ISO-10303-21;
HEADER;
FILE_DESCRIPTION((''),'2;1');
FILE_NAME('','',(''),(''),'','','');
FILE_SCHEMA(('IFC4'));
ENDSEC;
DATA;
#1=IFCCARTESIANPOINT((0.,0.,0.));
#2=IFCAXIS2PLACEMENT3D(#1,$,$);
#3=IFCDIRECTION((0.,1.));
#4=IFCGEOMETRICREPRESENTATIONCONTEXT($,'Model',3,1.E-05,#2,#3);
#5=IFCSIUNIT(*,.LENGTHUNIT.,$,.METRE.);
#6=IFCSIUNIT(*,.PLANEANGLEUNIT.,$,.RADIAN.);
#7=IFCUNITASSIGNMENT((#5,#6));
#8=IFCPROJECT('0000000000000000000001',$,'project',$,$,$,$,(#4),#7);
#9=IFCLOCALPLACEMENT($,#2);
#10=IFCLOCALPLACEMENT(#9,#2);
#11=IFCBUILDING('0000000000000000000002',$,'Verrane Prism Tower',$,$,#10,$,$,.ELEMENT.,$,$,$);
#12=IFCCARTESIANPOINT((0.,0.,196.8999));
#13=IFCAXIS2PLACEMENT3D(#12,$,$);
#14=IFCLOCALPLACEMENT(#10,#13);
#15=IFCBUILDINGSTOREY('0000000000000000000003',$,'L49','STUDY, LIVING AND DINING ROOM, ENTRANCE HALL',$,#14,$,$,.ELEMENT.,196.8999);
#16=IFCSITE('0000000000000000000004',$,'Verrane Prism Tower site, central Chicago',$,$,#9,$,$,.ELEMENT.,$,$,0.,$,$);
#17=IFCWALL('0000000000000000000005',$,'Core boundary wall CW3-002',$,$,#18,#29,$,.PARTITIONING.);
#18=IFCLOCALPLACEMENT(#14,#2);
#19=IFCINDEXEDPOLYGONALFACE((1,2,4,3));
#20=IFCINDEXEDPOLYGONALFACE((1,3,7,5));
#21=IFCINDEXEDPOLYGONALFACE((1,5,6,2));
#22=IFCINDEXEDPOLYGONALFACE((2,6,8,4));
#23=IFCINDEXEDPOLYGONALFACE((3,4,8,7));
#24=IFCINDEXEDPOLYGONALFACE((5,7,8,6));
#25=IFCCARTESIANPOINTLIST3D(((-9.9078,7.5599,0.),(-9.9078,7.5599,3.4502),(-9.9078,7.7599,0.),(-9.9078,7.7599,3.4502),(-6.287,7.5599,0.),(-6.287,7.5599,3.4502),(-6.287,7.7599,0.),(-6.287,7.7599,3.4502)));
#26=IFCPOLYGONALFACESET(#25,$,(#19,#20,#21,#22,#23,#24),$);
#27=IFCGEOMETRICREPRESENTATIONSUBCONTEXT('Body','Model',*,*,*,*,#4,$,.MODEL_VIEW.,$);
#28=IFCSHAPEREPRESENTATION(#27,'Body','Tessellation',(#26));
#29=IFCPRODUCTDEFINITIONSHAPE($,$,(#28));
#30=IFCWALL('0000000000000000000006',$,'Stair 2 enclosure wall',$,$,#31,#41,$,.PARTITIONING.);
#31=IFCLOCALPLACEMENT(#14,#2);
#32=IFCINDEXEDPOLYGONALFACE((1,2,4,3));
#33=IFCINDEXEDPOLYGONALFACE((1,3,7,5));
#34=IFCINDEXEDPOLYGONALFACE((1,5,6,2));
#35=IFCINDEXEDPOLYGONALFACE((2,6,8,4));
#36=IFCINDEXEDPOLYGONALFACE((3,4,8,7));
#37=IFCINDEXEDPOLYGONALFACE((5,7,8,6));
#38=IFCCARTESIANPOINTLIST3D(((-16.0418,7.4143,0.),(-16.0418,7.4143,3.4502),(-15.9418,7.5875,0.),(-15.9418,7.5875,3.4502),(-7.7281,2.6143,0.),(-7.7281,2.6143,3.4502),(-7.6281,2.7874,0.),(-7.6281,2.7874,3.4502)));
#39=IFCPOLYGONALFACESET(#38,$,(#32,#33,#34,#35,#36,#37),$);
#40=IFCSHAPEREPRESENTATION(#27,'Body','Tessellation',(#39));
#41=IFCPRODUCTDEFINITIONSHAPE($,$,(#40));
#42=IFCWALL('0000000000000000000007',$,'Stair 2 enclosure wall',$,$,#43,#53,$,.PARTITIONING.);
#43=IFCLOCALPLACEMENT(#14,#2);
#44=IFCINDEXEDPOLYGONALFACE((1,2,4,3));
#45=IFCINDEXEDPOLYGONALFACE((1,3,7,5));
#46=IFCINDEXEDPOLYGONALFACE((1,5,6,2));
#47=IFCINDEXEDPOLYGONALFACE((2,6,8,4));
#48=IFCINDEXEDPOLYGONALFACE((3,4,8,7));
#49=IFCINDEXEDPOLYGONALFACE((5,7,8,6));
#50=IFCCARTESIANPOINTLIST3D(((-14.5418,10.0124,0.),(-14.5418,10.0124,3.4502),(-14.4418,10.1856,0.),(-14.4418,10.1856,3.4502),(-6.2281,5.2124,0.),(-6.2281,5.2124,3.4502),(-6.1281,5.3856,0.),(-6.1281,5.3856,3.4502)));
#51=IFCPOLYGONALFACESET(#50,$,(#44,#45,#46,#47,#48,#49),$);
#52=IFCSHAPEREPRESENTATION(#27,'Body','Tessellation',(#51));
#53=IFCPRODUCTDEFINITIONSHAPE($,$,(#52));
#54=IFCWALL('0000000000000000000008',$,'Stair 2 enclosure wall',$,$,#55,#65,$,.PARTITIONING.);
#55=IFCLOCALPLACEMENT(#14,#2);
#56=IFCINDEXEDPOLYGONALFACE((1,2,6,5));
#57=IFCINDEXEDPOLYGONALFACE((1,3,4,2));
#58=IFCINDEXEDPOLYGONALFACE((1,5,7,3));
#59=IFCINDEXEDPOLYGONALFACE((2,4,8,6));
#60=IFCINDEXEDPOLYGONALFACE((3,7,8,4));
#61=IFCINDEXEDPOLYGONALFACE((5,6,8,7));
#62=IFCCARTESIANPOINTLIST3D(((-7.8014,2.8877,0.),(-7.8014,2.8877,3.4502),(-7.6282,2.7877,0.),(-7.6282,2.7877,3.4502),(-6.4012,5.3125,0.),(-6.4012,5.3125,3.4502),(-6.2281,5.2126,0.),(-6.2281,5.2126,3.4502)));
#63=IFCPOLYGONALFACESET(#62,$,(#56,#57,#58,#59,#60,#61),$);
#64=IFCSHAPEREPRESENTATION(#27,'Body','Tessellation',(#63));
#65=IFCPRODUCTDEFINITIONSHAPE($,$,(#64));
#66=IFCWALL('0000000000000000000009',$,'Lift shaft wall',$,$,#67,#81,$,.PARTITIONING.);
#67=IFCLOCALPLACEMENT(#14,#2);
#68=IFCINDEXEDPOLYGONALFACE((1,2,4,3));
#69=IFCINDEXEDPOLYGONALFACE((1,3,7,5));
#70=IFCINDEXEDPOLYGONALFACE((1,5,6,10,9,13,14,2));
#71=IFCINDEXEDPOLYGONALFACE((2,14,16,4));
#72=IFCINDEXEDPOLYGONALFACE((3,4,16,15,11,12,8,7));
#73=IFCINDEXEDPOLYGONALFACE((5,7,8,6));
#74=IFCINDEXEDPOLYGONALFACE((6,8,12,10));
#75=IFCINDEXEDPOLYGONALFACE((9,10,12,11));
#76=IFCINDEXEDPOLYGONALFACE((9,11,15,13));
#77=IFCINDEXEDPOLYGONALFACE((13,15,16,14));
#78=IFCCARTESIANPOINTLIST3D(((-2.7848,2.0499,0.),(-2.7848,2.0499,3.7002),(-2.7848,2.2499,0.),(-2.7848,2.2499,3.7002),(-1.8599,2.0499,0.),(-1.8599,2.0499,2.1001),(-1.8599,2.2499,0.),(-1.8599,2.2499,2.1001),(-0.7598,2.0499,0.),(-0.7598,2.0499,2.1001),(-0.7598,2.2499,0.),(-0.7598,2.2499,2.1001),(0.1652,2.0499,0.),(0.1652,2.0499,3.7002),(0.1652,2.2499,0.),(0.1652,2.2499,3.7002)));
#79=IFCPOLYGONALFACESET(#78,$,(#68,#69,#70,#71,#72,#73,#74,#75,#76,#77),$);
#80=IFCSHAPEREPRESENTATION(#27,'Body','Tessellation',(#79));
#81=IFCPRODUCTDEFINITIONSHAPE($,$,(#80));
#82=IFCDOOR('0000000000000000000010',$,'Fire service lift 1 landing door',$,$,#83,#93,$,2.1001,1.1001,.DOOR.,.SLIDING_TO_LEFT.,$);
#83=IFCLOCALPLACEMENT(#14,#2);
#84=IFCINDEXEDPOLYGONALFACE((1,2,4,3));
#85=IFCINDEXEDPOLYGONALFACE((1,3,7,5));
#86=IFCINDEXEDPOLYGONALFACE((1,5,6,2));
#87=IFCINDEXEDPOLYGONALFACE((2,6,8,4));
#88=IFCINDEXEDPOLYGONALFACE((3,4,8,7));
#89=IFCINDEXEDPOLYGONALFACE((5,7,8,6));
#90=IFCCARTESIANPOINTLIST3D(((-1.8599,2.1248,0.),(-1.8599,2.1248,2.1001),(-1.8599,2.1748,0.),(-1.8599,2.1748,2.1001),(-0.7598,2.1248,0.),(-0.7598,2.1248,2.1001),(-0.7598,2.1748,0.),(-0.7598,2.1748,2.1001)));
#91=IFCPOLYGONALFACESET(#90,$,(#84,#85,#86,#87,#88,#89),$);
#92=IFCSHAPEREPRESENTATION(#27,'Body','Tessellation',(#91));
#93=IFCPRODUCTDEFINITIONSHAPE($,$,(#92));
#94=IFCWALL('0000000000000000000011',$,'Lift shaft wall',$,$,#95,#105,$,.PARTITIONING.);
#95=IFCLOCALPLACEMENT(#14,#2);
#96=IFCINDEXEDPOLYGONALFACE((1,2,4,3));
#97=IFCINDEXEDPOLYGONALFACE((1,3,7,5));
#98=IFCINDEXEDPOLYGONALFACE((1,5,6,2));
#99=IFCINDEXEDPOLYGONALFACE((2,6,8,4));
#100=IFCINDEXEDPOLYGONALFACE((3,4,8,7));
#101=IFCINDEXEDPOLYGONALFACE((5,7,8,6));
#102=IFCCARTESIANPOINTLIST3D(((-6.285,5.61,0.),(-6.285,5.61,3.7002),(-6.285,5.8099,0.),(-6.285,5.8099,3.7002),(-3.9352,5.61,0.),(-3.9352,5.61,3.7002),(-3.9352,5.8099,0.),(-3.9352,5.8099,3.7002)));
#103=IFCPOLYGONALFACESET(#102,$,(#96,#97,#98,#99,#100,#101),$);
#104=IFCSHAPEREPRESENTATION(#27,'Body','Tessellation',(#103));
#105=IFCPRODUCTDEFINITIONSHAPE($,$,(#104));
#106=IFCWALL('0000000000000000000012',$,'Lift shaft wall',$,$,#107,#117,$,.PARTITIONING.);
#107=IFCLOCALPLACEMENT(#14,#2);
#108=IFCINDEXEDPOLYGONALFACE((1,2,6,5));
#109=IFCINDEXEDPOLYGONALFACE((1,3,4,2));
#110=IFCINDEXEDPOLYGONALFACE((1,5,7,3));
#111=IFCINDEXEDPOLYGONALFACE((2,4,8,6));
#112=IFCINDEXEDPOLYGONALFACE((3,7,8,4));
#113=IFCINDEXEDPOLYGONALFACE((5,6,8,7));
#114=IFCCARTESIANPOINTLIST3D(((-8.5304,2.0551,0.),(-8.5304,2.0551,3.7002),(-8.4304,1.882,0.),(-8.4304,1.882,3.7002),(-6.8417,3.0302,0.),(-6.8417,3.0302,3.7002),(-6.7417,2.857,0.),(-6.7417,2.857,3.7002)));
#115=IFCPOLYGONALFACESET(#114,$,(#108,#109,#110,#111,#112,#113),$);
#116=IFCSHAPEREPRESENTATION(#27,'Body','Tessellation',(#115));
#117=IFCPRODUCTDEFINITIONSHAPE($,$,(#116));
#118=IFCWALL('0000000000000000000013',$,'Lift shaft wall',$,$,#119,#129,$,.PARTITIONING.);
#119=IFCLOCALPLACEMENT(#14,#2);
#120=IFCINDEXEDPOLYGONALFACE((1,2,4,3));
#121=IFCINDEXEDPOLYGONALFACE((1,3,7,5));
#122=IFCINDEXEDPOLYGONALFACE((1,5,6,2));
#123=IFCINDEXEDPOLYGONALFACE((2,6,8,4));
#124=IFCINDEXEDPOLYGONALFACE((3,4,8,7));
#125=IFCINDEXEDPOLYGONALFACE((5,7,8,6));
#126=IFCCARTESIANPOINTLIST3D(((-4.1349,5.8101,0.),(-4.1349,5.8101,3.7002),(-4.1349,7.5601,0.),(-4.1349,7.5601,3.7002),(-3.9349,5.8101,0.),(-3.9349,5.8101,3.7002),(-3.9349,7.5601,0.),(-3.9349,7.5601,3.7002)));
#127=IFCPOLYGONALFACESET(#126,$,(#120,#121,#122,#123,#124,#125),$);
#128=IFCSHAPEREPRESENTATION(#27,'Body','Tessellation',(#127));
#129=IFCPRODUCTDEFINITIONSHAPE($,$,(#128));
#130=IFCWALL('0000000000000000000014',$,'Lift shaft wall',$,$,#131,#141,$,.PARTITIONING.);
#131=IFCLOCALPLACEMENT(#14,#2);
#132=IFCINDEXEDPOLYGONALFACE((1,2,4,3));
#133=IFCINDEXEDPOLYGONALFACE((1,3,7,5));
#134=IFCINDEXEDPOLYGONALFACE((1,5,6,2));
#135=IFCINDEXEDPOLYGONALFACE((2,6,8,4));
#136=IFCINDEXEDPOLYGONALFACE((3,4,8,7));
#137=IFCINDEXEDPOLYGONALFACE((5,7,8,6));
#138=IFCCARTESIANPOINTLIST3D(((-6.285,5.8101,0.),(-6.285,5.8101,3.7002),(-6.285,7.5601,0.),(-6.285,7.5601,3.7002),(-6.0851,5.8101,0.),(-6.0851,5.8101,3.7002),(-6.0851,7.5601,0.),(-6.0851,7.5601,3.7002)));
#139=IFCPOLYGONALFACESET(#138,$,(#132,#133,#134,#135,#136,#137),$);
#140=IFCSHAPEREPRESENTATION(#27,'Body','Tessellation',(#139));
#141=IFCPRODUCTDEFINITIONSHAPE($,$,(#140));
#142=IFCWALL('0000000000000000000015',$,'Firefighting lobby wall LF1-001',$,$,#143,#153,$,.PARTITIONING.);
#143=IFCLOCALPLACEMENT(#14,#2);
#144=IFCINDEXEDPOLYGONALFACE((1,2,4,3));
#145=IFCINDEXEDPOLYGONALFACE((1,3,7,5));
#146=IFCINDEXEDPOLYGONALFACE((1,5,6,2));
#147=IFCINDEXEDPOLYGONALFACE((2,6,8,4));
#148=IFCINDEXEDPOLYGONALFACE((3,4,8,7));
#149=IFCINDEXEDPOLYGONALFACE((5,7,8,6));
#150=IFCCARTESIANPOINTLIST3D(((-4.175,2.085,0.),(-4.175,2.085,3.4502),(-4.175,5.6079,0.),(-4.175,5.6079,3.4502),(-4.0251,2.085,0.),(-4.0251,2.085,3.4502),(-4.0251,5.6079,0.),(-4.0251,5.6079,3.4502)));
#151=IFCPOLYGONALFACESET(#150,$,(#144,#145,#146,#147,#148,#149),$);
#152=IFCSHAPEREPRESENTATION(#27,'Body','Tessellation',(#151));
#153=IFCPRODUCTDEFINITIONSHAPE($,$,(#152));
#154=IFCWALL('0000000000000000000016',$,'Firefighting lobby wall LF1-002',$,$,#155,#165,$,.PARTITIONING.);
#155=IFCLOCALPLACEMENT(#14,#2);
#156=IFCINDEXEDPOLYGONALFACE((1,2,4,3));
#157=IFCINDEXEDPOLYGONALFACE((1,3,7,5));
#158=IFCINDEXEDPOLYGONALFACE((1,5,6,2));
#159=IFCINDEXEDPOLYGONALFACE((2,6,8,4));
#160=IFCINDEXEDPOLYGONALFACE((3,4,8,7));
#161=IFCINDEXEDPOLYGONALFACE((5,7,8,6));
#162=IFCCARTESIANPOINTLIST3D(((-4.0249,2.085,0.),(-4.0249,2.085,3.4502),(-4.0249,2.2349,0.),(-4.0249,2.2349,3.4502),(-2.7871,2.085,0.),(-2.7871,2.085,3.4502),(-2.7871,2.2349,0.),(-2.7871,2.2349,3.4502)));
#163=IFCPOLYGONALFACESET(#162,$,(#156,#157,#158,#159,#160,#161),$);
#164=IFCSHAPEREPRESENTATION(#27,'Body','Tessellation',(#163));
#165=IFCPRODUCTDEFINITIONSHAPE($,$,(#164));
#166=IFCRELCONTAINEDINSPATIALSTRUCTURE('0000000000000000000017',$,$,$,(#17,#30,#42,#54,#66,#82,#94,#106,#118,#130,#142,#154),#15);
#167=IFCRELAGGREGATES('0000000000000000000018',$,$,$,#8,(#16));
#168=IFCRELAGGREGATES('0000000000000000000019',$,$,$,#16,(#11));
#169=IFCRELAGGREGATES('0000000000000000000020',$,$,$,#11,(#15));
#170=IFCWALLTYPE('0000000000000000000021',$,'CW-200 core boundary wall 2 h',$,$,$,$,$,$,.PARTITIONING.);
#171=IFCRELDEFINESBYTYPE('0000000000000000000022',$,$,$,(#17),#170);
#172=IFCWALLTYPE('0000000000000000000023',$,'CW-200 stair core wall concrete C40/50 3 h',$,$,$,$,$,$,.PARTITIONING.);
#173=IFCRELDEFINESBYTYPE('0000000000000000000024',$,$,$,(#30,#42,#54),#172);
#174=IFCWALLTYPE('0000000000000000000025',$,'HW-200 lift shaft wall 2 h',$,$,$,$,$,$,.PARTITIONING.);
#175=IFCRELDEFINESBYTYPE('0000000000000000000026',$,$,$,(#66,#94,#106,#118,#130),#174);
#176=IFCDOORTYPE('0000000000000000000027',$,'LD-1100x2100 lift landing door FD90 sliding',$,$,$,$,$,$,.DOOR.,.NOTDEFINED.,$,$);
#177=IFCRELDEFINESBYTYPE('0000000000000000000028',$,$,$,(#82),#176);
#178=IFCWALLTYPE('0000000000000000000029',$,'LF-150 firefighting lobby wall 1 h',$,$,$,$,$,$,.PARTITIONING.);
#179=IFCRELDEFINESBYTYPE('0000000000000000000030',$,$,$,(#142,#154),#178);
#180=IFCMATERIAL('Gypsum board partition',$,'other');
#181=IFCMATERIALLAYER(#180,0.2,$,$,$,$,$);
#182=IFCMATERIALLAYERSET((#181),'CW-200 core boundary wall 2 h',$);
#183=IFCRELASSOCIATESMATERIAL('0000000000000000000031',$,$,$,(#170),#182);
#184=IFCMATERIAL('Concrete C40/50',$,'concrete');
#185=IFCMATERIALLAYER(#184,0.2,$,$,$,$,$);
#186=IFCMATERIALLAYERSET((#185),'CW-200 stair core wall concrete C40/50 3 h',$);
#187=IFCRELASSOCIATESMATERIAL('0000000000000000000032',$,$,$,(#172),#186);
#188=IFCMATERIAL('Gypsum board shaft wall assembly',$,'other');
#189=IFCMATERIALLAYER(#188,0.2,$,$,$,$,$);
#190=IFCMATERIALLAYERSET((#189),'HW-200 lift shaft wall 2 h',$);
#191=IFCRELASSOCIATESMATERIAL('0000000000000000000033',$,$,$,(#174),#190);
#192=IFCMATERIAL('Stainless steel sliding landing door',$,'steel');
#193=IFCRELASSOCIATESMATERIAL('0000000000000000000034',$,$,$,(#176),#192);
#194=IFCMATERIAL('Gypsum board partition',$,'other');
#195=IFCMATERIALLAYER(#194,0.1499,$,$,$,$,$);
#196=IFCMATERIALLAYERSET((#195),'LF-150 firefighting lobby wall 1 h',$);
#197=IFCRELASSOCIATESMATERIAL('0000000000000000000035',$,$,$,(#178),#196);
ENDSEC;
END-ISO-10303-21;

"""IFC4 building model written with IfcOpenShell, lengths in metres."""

from ifc_helpers import new_model, si_unit, direction, frame, frame_2d, origin, place, context, subcontext, project, spatial, rectangle, extrude, material, layer, layer_set, type_object, element, fill, save


model = new_model("IFC4")

# Units and contexts
model_context = context("Model", 3, precision=1e-05, world=origin(), true_north=direction((0.0, 1.0)))
body_context = subcontext(model_context, "Body", "Model", "MODEL_VIEW")
ifc_project = project(units=[si_unit("LENGTHUNIT", "METRE"), si_unit("PLANEANGLEUNIT", "RADIAN")], contexts=[model_context])

# Site, building, storey
site_placement = place(None, origin())
site = spatial("IfcSite", under=ifc_project, at=site_placement, Name="Verrane Prism Tower site, central Chicago", CompositionType="ELEMENT", RefElevation=0.0)
building_placement = place(site_placement, origin())
building = spatial("IfcBuilding", under=site, at=building_placement, Name="Verrane Prism Tower", CompositionType="ELEMENT")
storey_placement = place(building_placement, frame((0.0, 0.0, 196.8999)))
storey = spatial("IfcBuildingStorey", under=building, at=storey_placement, Name="L49", Description="STUDY, LIVING AND DINING ROOM, ENTRANCE HALL", CompositionType="ELEMENT", Elevation=196.8999)

# Shared definitions
ifc_material_1 = material(Name="Gypsum board partition", Category="other")
ifc_layer_1 = layer(ifc_material_1, 0.2)
ifc_layer_set_1 = layer_set([ifc_layer_1], Name="CW-200 core boundary wall 2 h")
wall_type_1 = type_object("IfcWallType", Name="CW-200 core boundary wall 2 h", PredefinedType="PARTITIONING", material=ifc_layer_set_1)

# Walls
wall_1_placement = place(storey_placement, frame((-9.908, 7.6599, 0.0), z_axis=(0.0, 0.0, 1.0), x_axis=(1.0, 0.0, 0.0)))
element("IfcWall", 1, at=wall_1_placement, inside=storey, type_object=wall_type_1, Name="Core boundary wall CW3-002", PredefinedType="PARTITIONING", context=body_context, shape_type="SweptSolid", body=[
    extrude(rectangle(XDim=3.6208, YDim=0.2, at=frame_2d((1.8105, 0.0))), origin(), (0.0, 0.0, 1.0), 3.4502),
])
ifc_material_2 = material(Name="Concrete C40/50", Category="concrete")
ifc_layer_2 = layer(ifc_material_2, 0.2)
ifc_layer_set_2 = layer_set([ifc_layer_2], Name="CW-200 stair core wall concrete C40/50 3 h")
wall_type_2 = type_object("IfcWallType", Name="CW-200 stair core wall concrete C40/50 3 h", PredefinedType="PARTITIONING", material=ifc_layer_set_2)
for number, where, z_axis, x_axis, name in (
    (2, (-7.6782, 2.7009, 0.0), (0.0, 0.0, 1.0), (-0.86602, 0.500009, 0.0), "Stair 2 enclosure wall"),
    (3, (-6.1782, 5.2991, 0.0), (0.0, 0.0, 1.0), (-0.86602, 0.500009, 0.0), "Stair 2 enclosure wall"),
):
    element("IfcWall", number, at=place(storey_placement, frame(where, z_axis=z_axis, x_axis=x_axis)), inside=storey, type_object=wall_type_2, Name=name, PredefinedType="PARTITIONING", context=body_context, shape_type="SweptSolid", body=[
        extrude(rectangle(XDim=9.5999, YDim=0.2, at=frame_2d((4.7998, 0.0))), origin(), (0.0, 0.0, 1.0), 3.4502),
    ])
wall_2_placement = place(storey_placement, frame((-6.3147, 5.2625, 0.0), z_axis=(0.0, 0.0, 1.0), x_axis=(-0.50005, -0.865997, 0.0)))
element("IfcWall", 4, at=wall_2_placement, inside=storey, type_object=wall_type_2, Name="Stair 2 enclosure wall", PredefinedType="PARTITIONING", context=body_context, shape_type="SweptSolid", body=[
    extrude(rectangle(XDim=2.8, YDim=0.2, at=frame_2d((1.3999, 0.0))), origin(), (0.0, 0.0, 1.0), 3.4502),
])

# Wall, opening, door
ifc_material_3 = material(Name="Gypsum board shaft wall assembly", Category="other")
ifc_layer_3 = layer(ifc_material_3, 0.2)
ifc_layer_set_3 = layer_set([ifc_layer_3], Name="HW-200 lift shaft wall 2 h")
wall_type_3 = type_object("IfcWallType", Name="HW-200 lift shaft wall 2 h", PredefinedType="PARTITIONING", material=ifc_layer_set_3)
wall_3_placement = place(storey_placement, frame((-2.7849, 2.1499, 0.0), z_axis=(0.0, 0.0, 1.0), x_axis=(1.0, 0.0, 0.0)))
wall_3 = element("IfcWall", 5, at=wall_3_placement, inside=storey, type_object=wall_type_3, Name="Lift shaft wall", PredefinedType="PARTITIONING", context=body_context, shape_type="SweptSolid", body=[
    extrude(rectangle(XDim=2.95, YDim=0.2, at=frame_2d((1.4751, 0.0))), origin(), (0.0, 0.0, 1.0), 3.7002),
])
opening_1_placement = place(wall_3_placement, frame((0.925, 0.0, 0.0)))
opening_1 = element("IfcOpeningElement", 6, at=opening_1_placement, cuts=wall_3, PredefinedType="OPENING", context=body_context, shape_type="SweptSolid", body=[
    extrude(rectangle(XDim=1.1001, YDim=2.1001, at=frame_2d((0.55, 1.05))), frame((0.0, 0.1099, 0.0), z_axis=(0.0, -1.0, 0.0), x_axis=(1.0, 0.0, 0.0)), (0.0, 0.0, 1.0), 0.22),
])
ifc_material_4 = material(Name="Stainless steel sliding landing door", Category="steel")
door_type_1 = type_object("IfcDoorType", Name="LD-1100x2100 lift landing door FD90 sliding", OperationType="NOTDEFINED", PredefinedType="DOOR", material=ifc_material_4)
door_1_placement = place(opening_1_placement, origin())
door_1 = element("IfcDoor", 7, at=door_1_placement, inside=storey, type_object=door_type_1, Name="Fire service lift 1 landing door", OperationType="SLIDING_TO_LEFT", OverallHeight=2.1001, OverallWidth=1.1001, PredefinedType="DOOR", context=body_context, shape_type="SweptSolid", body=[
    extrude(rectangle(XDim=1.1001, YDim=2.1001, at=frame_2d((0.55, 1.05))), frame((0.0, 0.0249, 0.0), z_axis=(0.0, -1.0, 0.0), x_axis=(1.0, 0.0, 0.0)), (0.0, 0.0, 1.0), 0.05),
])
fill(opening_1, door_1)

# Walls
wall_4_placement = place(storey_placement, frame((-6.2849, 5.71, 0.0), z_axis=(0.0, 0.0, 1.0), x_axis=(1.0, 0.0, 0.0)))
element("IfcWall", 8, at=wall_4_placement, inside=storey, type_object=wall_type_3, Name="Lift shaft wall", PredefinedType="PARTITIONING", context=body_context, shape_type="SweptSolid", body=[
    extrude(rectangle(XDim=2.3499, YDim=0.2, at=frame_2d((1.1748, 0.0))), origin(), (0.0, 0.0, 1.0), 3.7002),
])
wall_5_placement = place(storey_placement, frame((-8.4805, 1.9685, 0.0), z_axis=(0.0, 0.0, 1.0), x_axis=(0.866, 0.500044, 0.0)))
element("IfcWall", 9, at=wall_5_placement, inside=storey, type_object=wall_type_3, Name="Lift shaft wall", PredefinedType="PARTITIONING", context=body_context, shape_type="SweptSolid", body=[
    extrude(rectangle(XDim=1.95, YDim=0.2, at=frame_2d((0.9751, 0.0))), origin(), (0.0, 0.0, 1.0), 3.7002),
])
for number, where, z_axis, x_axis, name in (
    (10, (-4.0349, 5.8101, 0.0), (0.0, 0.0, 1.0), (0.0, 1.0, 0.0), "Lift shaft wall"),
    (11, (-6.1851, 5.8101, 0.0), (0.0, 0.0, 1.0), (0.0, 1.0, 0.0), "Lift shaft wall"),
):
    element("IfcWall", number, at=place(storey_placement, frame(where, z_axis=z_axis, x_axis=x_axis)), inside=storey, type_object=wall_type_3, Name=name, PredefinedType="PARTITIONING", context=body_context, shape_type="SweptSolid", body=[
        extrude(rectangle(XDim=1.75, YDim=0.2, at=frame_2d((0.875, 0.0))), origin(), (0.0, 0.0, 1.0), 3.7002),
    ])
ifc_material_5 = material(Name="Gypsum board partition", Category="other")
ifc_layer_4 = layer(ifc_material_5, 0.1499)
ifc_layer_set_4 = layer_set([ifc_layer_4], Name="LF-150 firefighting lobby wall 1 h")
wall_type_4 = type_object("IfcWallType", Name="LF-150 firefighting lobby wall 1 h", PredefinedType="PARTITIONING", material=ifc_layer_set_4)
wall_6_placement = place(storey_placement, frame((-4.1001, 2.085, 0.0), z_axis=(0.0, 0.0, 1.0), x_axis=(0.0, 1.0, 0.0)))
element("IfcWall", 12, at=wall_6_placement, inside=storey, type_object=wall_type_4, Name="Firefighting lobby wall LF1-001", PredefinedType="PARTITIONING", context=body_context, shape_type="SweptSolid", body=[
    extrude(rectangle(XDim=3.5229, YDim=0.1499, at=frame_2d((1.7615, 0.0))), origin(), (0.0, 0.0, 1.0), 3.4502),
])
wall_7_placement = place(storey_placement, frame((-4.0249, 2.1599, 0.0), z_axis=(0.0, 0.0, 1.0), x_axis=(1.0, 0.0, 0.0)))
element("IfcWall", 13, at=wall_7_placement, inside=storey, type_object=wall_type_4, Name="Firefighting lobby wall LF1-002", PredefinedType="PARTITIONING", context=body_context, shape_type="SweptSolid", body=[
    extrude(rectangle(XDim=1.2378, YDim=0.1499, at=frame_2d((0.6189, 0.0))), origin(), (0.0, 0.0, 1.0), 3.4502),
])

save(model, "model.ifc")
